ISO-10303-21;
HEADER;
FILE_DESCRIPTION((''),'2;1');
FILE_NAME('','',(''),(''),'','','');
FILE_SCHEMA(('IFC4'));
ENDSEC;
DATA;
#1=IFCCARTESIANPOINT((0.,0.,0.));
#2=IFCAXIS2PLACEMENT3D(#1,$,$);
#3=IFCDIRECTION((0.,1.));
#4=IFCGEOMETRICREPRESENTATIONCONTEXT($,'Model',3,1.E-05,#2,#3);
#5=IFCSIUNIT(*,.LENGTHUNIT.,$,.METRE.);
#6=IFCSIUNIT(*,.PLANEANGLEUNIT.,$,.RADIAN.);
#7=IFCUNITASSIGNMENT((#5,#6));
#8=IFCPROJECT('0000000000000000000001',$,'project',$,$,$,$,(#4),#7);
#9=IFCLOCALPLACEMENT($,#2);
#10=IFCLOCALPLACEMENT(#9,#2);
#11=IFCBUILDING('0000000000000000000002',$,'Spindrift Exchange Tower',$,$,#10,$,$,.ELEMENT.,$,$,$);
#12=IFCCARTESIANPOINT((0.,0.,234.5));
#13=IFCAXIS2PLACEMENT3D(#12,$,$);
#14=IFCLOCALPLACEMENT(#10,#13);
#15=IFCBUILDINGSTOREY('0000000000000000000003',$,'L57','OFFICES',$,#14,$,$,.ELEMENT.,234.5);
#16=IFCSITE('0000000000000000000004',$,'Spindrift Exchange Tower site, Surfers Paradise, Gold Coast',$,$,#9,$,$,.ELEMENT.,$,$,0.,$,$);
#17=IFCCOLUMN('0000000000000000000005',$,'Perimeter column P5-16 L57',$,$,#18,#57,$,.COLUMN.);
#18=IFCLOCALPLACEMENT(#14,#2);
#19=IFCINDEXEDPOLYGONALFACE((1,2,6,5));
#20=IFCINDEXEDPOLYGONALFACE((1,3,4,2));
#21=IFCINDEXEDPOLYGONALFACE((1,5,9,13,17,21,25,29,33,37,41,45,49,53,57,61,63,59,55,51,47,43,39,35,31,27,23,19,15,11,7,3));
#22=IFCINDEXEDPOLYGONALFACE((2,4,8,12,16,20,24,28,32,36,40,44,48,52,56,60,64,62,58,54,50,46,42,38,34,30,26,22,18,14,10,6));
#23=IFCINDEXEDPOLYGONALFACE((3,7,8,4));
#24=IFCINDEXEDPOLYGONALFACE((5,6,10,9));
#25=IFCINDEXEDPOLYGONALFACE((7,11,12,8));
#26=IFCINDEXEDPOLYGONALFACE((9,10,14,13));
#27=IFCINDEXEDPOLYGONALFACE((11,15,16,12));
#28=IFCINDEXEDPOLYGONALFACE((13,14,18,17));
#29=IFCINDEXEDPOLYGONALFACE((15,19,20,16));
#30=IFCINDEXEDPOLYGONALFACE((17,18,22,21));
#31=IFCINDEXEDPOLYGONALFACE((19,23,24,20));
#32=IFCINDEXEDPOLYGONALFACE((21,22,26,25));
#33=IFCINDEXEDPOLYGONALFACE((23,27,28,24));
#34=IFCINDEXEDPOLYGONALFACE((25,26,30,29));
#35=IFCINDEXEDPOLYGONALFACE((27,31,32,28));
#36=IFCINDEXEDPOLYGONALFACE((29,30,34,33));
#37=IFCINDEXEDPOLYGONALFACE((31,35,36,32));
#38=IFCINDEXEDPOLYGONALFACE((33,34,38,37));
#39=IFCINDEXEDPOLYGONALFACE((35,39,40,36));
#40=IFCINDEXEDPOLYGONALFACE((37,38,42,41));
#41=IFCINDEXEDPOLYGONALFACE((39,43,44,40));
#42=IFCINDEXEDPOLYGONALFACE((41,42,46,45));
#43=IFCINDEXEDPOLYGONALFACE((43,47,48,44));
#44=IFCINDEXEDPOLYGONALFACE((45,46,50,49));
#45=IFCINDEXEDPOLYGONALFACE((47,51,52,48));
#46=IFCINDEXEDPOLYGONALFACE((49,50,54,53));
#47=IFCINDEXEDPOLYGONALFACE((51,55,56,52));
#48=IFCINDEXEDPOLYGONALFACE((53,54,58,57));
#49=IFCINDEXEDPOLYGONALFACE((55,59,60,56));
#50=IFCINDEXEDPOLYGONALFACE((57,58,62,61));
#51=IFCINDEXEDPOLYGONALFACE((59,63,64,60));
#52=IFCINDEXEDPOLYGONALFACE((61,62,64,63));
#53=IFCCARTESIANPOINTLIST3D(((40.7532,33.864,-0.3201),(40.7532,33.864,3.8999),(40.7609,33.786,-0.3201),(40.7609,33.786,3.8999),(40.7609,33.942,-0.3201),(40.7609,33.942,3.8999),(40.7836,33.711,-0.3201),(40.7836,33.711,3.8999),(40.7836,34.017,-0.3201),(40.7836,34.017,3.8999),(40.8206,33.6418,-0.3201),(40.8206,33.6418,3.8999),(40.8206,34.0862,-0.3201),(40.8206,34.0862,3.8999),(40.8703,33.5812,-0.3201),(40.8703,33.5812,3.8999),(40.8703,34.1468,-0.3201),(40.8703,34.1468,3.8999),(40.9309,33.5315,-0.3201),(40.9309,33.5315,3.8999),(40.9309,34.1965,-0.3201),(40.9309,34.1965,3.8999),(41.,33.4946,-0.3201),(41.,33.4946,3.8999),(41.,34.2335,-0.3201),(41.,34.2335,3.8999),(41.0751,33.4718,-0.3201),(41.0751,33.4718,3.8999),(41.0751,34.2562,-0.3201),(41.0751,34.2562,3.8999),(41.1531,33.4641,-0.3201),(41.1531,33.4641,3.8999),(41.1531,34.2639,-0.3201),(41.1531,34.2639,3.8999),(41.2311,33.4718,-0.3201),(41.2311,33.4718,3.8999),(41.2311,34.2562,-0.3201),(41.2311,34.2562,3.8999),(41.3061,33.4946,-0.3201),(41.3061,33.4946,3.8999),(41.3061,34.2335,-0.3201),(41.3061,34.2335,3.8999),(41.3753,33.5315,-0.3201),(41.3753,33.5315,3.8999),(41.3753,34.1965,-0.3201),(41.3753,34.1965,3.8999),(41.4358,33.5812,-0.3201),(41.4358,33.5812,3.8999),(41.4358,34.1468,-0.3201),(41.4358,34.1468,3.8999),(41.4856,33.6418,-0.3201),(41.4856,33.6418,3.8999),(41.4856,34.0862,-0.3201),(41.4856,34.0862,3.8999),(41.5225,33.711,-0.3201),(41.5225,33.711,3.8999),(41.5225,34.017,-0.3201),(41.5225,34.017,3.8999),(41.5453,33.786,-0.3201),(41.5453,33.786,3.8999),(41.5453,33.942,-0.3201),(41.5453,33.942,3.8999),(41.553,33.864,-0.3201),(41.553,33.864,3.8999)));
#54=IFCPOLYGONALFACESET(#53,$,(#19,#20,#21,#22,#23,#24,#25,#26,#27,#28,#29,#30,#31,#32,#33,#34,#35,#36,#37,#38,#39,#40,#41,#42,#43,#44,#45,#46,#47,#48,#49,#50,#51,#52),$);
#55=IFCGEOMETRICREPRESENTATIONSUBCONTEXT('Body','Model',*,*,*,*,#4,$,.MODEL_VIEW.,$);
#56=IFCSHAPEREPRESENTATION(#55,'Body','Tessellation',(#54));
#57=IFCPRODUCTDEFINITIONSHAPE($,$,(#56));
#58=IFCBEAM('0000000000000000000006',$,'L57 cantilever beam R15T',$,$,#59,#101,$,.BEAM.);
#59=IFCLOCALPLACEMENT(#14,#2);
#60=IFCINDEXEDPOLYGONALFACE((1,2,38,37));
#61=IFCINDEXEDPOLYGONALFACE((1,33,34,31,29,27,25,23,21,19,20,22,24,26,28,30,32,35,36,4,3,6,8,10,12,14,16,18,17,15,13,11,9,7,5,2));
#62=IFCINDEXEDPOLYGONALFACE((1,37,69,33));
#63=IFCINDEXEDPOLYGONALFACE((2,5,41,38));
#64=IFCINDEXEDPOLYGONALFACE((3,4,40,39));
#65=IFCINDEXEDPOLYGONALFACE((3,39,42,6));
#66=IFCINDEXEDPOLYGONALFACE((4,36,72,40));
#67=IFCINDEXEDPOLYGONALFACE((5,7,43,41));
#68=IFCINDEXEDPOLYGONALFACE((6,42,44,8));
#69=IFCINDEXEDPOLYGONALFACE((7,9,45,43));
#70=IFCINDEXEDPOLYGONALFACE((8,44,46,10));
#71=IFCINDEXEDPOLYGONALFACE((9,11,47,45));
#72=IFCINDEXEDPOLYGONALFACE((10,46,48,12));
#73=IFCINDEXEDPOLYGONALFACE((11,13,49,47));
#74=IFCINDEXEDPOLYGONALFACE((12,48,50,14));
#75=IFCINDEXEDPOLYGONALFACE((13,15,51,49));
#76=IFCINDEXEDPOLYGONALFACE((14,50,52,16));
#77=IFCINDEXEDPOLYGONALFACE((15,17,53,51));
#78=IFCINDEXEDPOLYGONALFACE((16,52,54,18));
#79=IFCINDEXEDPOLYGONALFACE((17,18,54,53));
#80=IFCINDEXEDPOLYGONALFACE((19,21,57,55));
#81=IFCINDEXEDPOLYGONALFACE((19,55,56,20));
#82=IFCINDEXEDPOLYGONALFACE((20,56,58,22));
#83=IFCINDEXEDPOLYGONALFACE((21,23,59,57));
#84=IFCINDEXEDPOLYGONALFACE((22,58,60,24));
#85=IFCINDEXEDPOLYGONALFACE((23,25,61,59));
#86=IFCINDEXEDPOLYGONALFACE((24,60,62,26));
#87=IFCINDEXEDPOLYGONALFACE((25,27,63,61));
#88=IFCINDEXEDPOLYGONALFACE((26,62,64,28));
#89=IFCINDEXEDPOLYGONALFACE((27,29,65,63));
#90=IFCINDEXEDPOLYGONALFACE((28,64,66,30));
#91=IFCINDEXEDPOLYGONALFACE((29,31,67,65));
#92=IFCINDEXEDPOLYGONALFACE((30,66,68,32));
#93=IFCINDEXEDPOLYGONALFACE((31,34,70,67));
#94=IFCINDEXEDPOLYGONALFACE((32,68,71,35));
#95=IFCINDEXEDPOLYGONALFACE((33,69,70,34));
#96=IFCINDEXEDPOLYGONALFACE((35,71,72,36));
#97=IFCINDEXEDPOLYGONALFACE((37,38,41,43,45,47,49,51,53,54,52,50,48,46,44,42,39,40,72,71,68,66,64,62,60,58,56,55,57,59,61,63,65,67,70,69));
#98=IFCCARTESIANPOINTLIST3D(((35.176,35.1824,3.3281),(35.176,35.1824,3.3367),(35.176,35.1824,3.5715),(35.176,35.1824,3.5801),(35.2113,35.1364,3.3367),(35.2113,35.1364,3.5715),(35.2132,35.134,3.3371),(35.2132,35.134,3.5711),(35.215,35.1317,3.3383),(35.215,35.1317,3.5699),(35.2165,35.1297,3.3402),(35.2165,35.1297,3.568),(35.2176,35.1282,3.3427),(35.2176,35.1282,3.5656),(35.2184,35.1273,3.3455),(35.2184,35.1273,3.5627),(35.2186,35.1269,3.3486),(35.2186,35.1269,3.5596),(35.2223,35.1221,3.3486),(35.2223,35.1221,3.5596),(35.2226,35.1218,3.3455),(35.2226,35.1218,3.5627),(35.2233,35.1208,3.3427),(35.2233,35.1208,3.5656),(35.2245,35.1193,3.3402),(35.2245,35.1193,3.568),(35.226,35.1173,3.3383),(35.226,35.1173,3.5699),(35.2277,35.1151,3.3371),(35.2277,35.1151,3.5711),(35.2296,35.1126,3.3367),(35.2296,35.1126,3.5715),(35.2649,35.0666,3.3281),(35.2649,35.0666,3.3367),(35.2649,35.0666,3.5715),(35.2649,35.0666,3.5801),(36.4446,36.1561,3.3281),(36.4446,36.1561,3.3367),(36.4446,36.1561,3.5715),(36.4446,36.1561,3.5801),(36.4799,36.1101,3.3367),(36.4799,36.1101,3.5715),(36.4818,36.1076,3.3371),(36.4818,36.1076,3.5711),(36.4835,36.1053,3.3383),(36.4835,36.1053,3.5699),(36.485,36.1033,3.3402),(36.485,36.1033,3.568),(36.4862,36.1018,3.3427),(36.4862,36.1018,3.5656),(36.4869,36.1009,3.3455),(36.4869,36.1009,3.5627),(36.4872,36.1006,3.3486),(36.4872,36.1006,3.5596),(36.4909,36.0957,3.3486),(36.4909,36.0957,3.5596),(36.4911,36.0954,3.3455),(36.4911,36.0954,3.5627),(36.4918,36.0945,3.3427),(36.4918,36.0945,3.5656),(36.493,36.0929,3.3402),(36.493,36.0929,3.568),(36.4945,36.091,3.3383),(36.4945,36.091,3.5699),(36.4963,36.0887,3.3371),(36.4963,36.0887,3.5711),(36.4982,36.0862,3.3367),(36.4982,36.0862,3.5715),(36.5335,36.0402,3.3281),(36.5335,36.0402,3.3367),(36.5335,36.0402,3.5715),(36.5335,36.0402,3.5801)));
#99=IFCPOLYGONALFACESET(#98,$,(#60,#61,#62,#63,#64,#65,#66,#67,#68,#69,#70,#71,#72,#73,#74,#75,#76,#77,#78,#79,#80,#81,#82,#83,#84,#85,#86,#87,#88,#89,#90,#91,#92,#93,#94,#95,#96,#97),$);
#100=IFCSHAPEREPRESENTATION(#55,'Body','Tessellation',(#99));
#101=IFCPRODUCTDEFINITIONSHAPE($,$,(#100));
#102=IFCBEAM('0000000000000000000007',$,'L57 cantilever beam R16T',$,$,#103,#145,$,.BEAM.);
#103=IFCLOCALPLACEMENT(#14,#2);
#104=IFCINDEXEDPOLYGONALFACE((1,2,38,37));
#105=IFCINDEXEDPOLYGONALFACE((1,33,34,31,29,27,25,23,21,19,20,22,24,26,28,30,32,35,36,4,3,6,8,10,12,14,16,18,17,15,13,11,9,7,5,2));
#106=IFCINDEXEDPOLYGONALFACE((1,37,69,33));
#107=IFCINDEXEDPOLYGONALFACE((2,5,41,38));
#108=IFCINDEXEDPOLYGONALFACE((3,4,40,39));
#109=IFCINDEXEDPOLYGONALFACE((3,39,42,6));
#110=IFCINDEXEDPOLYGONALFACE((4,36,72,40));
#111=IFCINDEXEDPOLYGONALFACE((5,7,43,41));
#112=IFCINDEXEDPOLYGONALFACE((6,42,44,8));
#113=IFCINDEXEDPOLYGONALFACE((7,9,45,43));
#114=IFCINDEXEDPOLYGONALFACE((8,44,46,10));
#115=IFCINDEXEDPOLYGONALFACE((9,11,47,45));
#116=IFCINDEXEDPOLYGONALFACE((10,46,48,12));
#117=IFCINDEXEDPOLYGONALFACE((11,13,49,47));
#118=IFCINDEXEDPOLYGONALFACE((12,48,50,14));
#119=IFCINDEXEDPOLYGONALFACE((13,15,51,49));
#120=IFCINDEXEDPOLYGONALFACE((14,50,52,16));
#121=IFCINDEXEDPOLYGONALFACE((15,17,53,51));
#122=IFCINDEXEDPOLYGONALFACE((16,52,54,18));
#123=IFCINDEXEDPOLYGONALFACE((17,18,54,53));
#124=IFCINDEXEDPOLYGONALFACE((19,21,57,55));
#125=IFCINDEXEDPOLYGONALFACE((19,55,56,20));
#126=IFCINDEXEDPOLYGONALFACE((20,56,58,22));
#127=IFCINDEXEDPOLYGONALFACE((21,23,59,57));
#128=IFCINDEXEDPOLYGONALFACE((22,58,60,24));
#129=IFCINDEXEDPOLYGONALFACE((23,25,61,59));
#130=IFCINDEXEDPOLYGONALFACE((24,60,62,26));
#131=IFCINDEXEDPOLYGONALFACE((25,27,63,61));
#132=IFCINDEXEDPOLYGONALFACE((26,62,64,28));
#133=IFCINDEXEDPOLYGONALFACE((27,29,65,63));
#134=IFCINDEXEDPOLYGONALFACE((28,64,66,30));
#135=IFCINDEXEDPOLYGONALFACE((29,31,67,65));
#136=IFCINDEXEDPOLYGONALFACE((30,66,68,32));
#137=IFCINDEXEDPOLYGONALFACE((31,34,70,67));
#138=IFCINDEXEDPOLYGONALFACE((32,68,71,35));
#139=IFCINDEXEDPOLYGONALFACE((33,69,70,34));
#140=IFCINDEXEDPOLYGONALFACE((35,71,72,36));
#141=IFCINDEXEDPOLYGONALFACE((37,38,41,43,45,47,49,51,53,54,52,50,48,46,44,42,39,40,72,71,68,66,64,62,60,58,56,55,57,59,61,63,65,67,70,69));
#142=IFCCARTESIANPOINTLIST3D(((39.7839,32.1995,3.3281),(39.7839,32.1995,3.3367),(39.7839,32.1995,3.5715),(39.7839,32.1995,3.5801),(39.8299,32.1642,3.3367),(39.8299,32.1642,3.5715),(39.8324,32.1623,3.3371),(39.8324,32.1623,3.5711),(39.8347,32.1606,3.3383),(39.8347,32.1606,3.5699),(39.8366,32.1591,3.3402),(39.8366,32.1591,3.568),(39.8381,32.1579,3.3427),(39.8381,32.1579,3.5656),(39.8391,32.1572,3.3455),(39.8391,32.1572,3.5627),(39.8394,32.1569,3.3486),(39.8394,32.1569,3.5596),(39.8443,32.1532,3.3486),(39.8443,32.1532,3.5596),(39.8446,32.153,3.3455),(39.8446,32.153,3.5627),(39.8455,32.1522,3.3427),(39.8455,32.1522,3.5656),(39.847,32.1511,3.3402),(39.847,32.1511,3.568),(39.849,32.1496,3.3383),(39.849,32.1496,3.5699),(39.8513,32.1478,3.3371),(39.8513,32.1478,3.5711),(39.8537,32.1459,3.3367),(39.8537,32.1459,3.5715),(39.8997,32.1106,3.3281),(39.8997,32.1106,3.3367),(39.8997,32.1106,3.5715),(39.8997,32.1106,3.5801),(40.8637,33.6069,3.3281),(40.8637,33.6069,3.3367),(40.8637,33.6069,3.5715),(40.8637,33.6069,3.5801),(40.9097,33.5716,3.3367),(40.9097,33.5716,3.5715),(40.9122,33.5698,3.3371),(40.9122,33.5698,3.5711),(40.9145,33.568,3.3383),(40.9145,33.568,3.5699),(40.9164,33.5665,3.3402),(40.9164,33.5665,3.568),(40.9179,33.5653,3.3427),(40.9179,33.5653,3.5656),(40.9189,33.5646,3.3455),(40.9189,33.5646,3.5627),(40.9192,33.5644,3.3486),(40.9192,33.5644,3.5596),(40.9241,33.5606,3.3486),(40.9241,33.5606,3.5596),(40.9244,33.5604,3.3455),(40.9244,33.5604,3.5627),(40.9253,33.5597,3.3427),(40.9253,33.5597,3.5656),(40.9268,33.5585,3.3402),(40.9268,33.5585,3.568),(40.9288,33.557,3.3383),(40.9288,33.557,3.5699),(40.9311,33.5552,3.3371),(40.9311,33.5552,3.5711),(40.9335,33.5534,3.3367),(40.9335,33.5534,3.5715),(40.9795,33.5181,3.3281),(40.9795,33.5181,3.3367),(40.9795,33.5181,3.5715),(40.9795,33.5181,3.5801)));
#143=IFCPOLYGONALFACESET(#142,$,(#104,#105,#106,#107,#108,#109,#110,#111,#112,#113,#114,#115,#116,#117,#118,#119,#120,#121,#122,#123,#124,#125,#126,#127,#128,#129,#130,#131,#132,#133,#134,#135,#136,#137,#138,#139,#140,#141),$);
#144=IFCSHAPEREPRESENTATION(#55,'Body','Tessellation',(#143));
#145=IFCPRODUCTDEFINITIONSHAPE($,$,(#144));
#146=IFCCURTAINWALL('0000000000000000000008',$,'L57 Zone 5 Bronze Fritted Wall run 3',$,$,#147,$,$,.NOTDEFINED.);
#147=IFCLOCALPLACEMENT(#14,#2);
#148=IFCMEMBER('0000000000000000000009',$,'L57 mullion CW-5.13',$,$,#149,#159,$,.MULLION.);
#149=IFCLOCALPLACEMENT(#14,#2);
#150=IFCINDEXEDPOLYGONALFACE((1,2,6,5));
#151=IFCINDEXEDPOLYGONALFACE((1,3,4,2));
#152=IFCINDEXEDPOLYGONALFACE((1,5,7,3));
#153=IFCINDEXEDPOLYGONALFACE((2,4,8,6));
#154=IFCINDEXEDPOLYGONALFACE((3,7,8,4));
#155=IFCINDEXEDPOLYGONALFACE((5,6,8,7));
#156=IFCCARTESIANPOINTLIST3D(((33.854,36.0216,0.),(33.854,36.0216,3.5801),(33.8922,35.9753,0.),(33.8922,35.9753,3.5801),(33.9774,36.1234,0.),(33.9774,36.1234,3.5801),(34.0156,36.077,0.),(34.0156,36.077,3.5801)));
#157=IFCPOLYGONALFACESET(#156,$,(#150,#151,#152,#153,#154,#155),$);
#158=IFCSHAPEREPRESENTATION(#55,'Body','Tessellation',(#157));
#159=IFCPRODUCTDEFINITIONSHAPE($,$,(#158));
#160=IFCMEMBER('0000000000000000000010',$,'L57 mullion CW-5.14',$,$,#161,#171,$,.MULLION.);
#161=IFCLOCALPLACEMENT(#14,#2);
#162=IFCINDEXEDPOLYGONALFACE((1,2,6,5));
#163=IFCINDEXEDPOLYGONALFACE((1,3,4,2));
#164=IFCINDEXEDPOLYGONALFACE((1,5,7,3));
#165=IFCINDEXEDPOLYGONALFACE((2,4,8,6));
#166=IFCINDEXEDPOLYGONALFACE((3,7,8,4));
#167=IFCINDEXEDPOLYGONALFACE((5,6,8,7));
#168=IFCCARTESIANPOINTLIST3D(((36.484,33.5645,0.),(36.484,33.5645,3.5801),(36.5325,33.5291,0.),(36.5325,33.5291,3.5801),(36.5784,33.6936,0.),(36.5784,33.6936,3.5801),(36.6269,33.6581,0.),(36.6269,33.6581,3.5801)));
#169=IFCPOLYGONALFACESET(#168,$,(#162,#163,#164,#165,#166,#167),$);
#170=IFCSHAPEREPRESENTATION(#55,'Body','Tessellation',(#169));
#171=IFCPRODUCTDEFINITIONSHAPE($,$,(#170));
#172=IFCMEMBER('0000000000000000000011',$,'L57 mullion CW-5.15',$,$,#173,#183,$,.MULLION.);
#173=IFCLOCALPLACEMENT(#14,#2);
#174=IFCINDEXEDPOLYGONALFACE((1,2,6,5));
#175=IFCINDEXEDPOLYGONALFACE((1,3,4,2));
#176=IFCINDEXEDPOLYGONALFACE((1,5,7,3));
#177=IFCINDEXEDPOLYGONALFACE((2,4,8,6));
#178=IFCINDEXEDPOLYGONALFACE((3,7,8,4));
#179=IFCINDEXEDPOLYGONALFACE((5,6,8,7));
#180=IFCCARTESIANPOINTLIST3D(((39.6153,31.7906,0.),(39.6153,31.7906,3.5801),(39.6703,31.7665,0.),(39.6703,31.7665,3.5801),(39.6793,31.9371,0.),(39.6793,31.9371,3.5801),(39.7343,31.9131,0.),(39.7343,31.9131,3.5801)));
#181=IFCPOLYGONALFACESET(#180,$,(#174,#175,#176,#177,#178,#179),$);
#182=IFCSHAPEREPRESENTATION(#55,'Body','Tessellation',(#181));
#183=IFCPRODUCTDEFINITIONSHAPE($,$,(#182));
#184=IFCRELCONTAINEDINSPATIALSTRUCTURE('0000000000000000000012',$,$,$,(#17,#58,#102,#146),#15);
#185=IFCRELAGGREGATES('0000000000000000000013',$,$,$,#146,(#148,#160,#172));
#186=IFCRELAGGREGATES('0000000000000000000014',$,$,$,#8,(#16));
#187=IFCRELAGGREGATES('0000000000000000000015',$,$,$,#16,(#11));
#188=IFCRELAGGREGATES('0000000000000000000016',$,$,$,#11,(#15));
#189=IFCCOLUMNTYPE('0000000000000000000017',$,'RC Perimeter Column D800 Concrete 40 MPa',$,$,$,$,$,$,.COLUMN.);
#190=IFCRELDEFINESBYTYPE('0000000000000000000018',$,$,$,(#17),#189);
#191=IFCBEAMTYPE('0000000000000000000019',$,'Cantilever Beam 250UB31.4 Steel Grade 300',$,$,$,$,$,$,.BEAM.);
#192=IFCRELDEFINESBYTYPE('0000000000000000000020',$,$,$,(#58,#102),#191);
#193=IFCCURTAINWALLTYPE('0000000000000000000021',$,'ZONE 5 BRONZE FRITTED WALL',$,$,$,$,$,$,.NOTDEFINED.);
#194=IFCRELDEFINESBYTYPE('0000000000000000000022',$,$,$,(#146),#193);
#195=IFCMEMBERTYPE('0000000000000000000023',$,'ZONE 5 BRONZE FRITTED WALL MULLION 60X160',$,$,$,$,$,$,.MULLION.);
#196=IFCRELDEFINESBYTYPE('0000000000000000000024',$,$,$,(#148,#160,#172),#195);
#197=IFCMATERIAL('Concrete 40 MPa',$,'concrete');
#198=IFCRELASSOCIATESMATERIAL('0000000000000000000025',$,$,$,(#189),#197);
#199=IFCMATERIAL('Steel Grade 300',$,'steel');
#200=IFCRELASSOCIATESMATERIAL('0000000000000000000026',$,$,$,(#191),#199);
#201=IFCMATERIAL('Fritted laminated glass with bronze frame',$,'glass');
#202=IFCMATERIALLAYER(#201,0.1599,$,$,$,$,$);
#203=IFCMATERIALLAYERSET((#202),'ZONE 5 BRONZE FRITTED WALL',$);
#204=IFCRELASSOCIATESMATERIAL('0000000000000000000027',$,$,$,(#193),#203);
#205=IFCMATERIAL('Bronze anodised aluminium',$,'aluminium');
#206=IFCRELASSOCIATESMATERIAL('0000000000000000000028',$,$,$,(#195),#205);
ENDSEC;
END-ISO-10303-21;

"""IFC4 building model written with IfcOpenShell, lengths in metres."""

from ifc_helpers import new_model, si_unit, direction, frame, origin, origin_2d, place, context, subcontext, project, spatial, rectangle, circle, i_section, extrude, source, transform, mapped, material, layer, layer_set, material_profile, profile_set, type_object, element, aggregate, save


model = new_model("IFC4")

# Units and contexts
model_context = context("Model", 3, precision=1e-05, world=origin(), true_north=direction((0.0, 1.0)))
body_context = subcontext(model_context, "Body", "Model", "MODEL_VIEW")
ifc_project = project(units=[si_unit("LENGTHUNIT", "METRE"), si_unit("PLANEANGLEUNIT", "RADIAN")], contexts=[model_context])

# Site, building, storey
site_placement = place(None, origin())
site = spatial("IfcSite", under=ifc_project, at=site_placement, Name="Spindrift Exchange Tower site, Surfers Paradise, Gold Coast", CompositionType="ELEMENT", RefElevation=0.0)
building_placement = place(site_placement, origin())
building = spatial("IfcBuilding", under=site, at=building_placement, Name="Spindrift Exchange Tower", CompositionType="ELEMENT")
storey_placement = place(building_placement, frame((0.0, 0.0, 234.5)))
storey = spatial("IfcBuildingStorey", under=building, at=storey_placement, Name="L57", Description="OFFICES", CompositionType="ELEMENT", Elevation=234.5)

# Column
ifc_material_1 = material(Name="Concrete 40 MPa", Category="concrete")
ifc_material_profile_1 = material_profile(ifc_material_1, circle(Radius=0.3999, at=origin_2d()), Name="RC D800")
ifc_profile_set_1 = profile_set([ifc_material_profile_1], Name="Concrete 40 MPa")
column_type = type_object("IfcColumnType", Name="RC Perimeter Column D800 Concrete 40 MPa", PredefinedType="COLUMN", material=ifc_profile_set_1)
shared_shape_1 = source(origin(), body_context, "Body", "SweptSolid", [
    extrude(circle(Radius=0.3999, at=origin_2d()), origin(), (0.0, 0.0, 1.0), 4.22),
])
column_placement = place(storey_placement, frame((41.1531, 33.864, -0.3201), z_axis=(0.0, 0.0, 1.0), x_axis=(1.0, 0.0, 0.0)))
element("IfcColumn", 1, at=column_placement, inside=storey, type_object=column_type, Name="Perimeter column P5-16 L57", PredefinedType="COLUMN", context=body_context, shape_type="MappedRepresentation", body=[
    mapped(shared_shape_1, transform((0.0, 0.0, 0.0), scale=1.0)),
])

# Beams
ifc_material_2 = material(Name="Steel Grade 300", Category="steel")
ifc_material_profile_2 = material_profile(ifc_material_2, i_section(OverallWidth=0.146, OverallDepth=0.252, WebThickness=0.0061, FlangeThickness=0.0085, FilletRadius=0.012, at=origin_2d()), Name="250UB31.4")
ifc_profile_set_2 = profile_set([ifc_material_profile_2], Name="Steel Grade 300")
beam_type = type_object("IfcBeamType", Name="Cantilever Beam 250UB31.4 Steel Grade 300", PredefinedType="BEAM", material=ifc_profile_set_2)
shared_shape_2 = source(origin(), body_context, "Body", "SweptSolid", [
    extrude(i_section(OverallWidth=0.146, OverallDepth=0.252, WebThickness=0.0061, FlangeThickness=0.0085, FilletRadius=0.012, at=origin_2d()), origin(), (0.0, 0.0, 1.0), 1.5991),
])
beam_1_placement = place(storey_placement, frame((36.489, 36.0981, 3.4541), z_axis=(-0.793282, -0.608855, 0.0), x_axis=(0.608855, -0.793282, 0.0)))
element("IfcBeam", 2, at=beam_1_placement, inside=storey, type_object=beam_type, Name="L57 cantilever beam R15T", PredefinedType="BEAM", context=body_context, shape_type="MappedRepresentation", body=[
    mapped(shared_shape_2, transform((0.0, 0.0, 0.0), scale=1.0)),
])
shared_shape_3 = source(origin(), body_context, "Body", "SweptSolid", [
    extrude(i_section(OverallWidth=0.146, OverallDepth=0.252, WebThickness=0.0061, FlangeThickness=0.0085, FilletRadius=0.012, at=origin_2d()), origin(), (0.0, 0.0, 1.0), 1.7739),
])
beam_2_placement = place(storey_placement, frame((40.9216, 33.5625, 3.4541), z_axis=(-0.608706, -0.793396, 0.0), x_axis=(0.793396, -0.608706, 0.0)))
element("IfcBeam", 3, at=beam_2_placement, inside=storey, type_object=beam_type, Name="L57 cantilever beam R16T", PredefinedType="BEAM", context=body_context, shape_type="MappedRepresentation", body=[
    mapped(shared_shape_3, transform((0.0, 0.0, 0.0), scale=1.0)),
])

# Curtain wall, members
ifc_material_3 = material(Name="Fritted laminated glass with bronze frame", Category="glass")
ifc_layer_1 = layer(ifc_material_3, 0.1599)
ifc_layer_set_1 = layer_set([ifc_layer_1], Name="ZONE 5 BRONZE FRITTED WALL")
curtain_wall_type = type_object("IfcCurtainWallType", Name="ZONE 5 BRONZE FRITTED WALL", PredefinedType="NOTDEFINED", material=ifc_layer_set_1)
curtain_wall_placement = place(storey_placement, origin())
curtain_wall = element("IfcCurtainWall", 4, at=curtain_wall_placement, inside=storey, type_object=curtain_wall_type, Name="L57 Zone 5 Bronze Fritted Wall run 3", PredefinedType="NOTDEFINED")
ifc_material_4 = material(Name="Bronze anodised aluminium", Category="aluminium")
ifc_material_profile_3 = material_profile(ifc_material_4, rectangle(XDim=0.0601, YDim=0.1599, at=origin_2d()), Name="ZONE 5 BRONZE FRITTED WALL MULLION 60X160")
ifc_profile_set_3 = profile_set([ifc_material_profile_3], Name="Bronze anodised aluminium")
member_type_1 = type_object("IfcMemberType", Name="ZONE 5 BRONZE FRITTED WALL MULLION 60X160", PredefinedType="MULLION", material=ifc_profile_set_3)
shared_shape_4 = source(origin(), body_context, "Body", "SweptSolid", [
    extrude(rectangle(XDim=0.0601, YDim=0.1599, at=origin_2d()), origin(), (0.0, 0.0, 1.0), 3.5801),
])
member_1_placement = place(storey_placement, frame((33.9348, 36.0493, 0.0), z_axis=(0.0, 0.0, 1.0), x_axis=(0.636242, -0.77149, 0.0)))
member_1 = element("IfcMember", 5, at=member_1_placement, type_object=member_type_1, Name="L57 mullion CW-5.13", PredefinedType="MULLION", context=body_context, shape_type="MappedRepresentation", body=[
    mapped(shared_shape_4, transform((0.0, 0.0, 0.0), scale=1.0)),
])
member_2_placement = place(storey_placement, frame((36.5554, 33.6113, 0.0), z_axis=(0.0, 0.0, 1.0), x_axis=(0.807163, -0.590329, 0.0)))
member_2 = element("IfcMember", 6, at=member_2_placement, type_object=member_type_1, Name="L57 mullion CW-5.14", PredefinedType="MULLION", context=body_context, shape_type="MappedRepresentation", body=[
    mapped(shared_shape_4, transform((0.0, 0.0, 0.0), scale=1.0)),
])
member_3_placement = place(storey_placement, frame((39.6748, 31.8518, 0.0), z_axis=(0.0, 0.0, 1.0), x_axis=(0.916414, -0.400232, 0.0)))
member_3 = element("IfcMember", 7, at=member_3_placement, type_object=member_type_1, Name="L57 mullion CW-5.15", PredefinedType="MULLION", context=body_context, shape_type="MappedRepresentation", body=[
    mapped(shared_shape_4, transform((0.0, 0.0, 0.0), scale=1.0)),
])

aggregate(curtain_wall, [member_1, member_2, member_3])

save(model, "model.ifc")
